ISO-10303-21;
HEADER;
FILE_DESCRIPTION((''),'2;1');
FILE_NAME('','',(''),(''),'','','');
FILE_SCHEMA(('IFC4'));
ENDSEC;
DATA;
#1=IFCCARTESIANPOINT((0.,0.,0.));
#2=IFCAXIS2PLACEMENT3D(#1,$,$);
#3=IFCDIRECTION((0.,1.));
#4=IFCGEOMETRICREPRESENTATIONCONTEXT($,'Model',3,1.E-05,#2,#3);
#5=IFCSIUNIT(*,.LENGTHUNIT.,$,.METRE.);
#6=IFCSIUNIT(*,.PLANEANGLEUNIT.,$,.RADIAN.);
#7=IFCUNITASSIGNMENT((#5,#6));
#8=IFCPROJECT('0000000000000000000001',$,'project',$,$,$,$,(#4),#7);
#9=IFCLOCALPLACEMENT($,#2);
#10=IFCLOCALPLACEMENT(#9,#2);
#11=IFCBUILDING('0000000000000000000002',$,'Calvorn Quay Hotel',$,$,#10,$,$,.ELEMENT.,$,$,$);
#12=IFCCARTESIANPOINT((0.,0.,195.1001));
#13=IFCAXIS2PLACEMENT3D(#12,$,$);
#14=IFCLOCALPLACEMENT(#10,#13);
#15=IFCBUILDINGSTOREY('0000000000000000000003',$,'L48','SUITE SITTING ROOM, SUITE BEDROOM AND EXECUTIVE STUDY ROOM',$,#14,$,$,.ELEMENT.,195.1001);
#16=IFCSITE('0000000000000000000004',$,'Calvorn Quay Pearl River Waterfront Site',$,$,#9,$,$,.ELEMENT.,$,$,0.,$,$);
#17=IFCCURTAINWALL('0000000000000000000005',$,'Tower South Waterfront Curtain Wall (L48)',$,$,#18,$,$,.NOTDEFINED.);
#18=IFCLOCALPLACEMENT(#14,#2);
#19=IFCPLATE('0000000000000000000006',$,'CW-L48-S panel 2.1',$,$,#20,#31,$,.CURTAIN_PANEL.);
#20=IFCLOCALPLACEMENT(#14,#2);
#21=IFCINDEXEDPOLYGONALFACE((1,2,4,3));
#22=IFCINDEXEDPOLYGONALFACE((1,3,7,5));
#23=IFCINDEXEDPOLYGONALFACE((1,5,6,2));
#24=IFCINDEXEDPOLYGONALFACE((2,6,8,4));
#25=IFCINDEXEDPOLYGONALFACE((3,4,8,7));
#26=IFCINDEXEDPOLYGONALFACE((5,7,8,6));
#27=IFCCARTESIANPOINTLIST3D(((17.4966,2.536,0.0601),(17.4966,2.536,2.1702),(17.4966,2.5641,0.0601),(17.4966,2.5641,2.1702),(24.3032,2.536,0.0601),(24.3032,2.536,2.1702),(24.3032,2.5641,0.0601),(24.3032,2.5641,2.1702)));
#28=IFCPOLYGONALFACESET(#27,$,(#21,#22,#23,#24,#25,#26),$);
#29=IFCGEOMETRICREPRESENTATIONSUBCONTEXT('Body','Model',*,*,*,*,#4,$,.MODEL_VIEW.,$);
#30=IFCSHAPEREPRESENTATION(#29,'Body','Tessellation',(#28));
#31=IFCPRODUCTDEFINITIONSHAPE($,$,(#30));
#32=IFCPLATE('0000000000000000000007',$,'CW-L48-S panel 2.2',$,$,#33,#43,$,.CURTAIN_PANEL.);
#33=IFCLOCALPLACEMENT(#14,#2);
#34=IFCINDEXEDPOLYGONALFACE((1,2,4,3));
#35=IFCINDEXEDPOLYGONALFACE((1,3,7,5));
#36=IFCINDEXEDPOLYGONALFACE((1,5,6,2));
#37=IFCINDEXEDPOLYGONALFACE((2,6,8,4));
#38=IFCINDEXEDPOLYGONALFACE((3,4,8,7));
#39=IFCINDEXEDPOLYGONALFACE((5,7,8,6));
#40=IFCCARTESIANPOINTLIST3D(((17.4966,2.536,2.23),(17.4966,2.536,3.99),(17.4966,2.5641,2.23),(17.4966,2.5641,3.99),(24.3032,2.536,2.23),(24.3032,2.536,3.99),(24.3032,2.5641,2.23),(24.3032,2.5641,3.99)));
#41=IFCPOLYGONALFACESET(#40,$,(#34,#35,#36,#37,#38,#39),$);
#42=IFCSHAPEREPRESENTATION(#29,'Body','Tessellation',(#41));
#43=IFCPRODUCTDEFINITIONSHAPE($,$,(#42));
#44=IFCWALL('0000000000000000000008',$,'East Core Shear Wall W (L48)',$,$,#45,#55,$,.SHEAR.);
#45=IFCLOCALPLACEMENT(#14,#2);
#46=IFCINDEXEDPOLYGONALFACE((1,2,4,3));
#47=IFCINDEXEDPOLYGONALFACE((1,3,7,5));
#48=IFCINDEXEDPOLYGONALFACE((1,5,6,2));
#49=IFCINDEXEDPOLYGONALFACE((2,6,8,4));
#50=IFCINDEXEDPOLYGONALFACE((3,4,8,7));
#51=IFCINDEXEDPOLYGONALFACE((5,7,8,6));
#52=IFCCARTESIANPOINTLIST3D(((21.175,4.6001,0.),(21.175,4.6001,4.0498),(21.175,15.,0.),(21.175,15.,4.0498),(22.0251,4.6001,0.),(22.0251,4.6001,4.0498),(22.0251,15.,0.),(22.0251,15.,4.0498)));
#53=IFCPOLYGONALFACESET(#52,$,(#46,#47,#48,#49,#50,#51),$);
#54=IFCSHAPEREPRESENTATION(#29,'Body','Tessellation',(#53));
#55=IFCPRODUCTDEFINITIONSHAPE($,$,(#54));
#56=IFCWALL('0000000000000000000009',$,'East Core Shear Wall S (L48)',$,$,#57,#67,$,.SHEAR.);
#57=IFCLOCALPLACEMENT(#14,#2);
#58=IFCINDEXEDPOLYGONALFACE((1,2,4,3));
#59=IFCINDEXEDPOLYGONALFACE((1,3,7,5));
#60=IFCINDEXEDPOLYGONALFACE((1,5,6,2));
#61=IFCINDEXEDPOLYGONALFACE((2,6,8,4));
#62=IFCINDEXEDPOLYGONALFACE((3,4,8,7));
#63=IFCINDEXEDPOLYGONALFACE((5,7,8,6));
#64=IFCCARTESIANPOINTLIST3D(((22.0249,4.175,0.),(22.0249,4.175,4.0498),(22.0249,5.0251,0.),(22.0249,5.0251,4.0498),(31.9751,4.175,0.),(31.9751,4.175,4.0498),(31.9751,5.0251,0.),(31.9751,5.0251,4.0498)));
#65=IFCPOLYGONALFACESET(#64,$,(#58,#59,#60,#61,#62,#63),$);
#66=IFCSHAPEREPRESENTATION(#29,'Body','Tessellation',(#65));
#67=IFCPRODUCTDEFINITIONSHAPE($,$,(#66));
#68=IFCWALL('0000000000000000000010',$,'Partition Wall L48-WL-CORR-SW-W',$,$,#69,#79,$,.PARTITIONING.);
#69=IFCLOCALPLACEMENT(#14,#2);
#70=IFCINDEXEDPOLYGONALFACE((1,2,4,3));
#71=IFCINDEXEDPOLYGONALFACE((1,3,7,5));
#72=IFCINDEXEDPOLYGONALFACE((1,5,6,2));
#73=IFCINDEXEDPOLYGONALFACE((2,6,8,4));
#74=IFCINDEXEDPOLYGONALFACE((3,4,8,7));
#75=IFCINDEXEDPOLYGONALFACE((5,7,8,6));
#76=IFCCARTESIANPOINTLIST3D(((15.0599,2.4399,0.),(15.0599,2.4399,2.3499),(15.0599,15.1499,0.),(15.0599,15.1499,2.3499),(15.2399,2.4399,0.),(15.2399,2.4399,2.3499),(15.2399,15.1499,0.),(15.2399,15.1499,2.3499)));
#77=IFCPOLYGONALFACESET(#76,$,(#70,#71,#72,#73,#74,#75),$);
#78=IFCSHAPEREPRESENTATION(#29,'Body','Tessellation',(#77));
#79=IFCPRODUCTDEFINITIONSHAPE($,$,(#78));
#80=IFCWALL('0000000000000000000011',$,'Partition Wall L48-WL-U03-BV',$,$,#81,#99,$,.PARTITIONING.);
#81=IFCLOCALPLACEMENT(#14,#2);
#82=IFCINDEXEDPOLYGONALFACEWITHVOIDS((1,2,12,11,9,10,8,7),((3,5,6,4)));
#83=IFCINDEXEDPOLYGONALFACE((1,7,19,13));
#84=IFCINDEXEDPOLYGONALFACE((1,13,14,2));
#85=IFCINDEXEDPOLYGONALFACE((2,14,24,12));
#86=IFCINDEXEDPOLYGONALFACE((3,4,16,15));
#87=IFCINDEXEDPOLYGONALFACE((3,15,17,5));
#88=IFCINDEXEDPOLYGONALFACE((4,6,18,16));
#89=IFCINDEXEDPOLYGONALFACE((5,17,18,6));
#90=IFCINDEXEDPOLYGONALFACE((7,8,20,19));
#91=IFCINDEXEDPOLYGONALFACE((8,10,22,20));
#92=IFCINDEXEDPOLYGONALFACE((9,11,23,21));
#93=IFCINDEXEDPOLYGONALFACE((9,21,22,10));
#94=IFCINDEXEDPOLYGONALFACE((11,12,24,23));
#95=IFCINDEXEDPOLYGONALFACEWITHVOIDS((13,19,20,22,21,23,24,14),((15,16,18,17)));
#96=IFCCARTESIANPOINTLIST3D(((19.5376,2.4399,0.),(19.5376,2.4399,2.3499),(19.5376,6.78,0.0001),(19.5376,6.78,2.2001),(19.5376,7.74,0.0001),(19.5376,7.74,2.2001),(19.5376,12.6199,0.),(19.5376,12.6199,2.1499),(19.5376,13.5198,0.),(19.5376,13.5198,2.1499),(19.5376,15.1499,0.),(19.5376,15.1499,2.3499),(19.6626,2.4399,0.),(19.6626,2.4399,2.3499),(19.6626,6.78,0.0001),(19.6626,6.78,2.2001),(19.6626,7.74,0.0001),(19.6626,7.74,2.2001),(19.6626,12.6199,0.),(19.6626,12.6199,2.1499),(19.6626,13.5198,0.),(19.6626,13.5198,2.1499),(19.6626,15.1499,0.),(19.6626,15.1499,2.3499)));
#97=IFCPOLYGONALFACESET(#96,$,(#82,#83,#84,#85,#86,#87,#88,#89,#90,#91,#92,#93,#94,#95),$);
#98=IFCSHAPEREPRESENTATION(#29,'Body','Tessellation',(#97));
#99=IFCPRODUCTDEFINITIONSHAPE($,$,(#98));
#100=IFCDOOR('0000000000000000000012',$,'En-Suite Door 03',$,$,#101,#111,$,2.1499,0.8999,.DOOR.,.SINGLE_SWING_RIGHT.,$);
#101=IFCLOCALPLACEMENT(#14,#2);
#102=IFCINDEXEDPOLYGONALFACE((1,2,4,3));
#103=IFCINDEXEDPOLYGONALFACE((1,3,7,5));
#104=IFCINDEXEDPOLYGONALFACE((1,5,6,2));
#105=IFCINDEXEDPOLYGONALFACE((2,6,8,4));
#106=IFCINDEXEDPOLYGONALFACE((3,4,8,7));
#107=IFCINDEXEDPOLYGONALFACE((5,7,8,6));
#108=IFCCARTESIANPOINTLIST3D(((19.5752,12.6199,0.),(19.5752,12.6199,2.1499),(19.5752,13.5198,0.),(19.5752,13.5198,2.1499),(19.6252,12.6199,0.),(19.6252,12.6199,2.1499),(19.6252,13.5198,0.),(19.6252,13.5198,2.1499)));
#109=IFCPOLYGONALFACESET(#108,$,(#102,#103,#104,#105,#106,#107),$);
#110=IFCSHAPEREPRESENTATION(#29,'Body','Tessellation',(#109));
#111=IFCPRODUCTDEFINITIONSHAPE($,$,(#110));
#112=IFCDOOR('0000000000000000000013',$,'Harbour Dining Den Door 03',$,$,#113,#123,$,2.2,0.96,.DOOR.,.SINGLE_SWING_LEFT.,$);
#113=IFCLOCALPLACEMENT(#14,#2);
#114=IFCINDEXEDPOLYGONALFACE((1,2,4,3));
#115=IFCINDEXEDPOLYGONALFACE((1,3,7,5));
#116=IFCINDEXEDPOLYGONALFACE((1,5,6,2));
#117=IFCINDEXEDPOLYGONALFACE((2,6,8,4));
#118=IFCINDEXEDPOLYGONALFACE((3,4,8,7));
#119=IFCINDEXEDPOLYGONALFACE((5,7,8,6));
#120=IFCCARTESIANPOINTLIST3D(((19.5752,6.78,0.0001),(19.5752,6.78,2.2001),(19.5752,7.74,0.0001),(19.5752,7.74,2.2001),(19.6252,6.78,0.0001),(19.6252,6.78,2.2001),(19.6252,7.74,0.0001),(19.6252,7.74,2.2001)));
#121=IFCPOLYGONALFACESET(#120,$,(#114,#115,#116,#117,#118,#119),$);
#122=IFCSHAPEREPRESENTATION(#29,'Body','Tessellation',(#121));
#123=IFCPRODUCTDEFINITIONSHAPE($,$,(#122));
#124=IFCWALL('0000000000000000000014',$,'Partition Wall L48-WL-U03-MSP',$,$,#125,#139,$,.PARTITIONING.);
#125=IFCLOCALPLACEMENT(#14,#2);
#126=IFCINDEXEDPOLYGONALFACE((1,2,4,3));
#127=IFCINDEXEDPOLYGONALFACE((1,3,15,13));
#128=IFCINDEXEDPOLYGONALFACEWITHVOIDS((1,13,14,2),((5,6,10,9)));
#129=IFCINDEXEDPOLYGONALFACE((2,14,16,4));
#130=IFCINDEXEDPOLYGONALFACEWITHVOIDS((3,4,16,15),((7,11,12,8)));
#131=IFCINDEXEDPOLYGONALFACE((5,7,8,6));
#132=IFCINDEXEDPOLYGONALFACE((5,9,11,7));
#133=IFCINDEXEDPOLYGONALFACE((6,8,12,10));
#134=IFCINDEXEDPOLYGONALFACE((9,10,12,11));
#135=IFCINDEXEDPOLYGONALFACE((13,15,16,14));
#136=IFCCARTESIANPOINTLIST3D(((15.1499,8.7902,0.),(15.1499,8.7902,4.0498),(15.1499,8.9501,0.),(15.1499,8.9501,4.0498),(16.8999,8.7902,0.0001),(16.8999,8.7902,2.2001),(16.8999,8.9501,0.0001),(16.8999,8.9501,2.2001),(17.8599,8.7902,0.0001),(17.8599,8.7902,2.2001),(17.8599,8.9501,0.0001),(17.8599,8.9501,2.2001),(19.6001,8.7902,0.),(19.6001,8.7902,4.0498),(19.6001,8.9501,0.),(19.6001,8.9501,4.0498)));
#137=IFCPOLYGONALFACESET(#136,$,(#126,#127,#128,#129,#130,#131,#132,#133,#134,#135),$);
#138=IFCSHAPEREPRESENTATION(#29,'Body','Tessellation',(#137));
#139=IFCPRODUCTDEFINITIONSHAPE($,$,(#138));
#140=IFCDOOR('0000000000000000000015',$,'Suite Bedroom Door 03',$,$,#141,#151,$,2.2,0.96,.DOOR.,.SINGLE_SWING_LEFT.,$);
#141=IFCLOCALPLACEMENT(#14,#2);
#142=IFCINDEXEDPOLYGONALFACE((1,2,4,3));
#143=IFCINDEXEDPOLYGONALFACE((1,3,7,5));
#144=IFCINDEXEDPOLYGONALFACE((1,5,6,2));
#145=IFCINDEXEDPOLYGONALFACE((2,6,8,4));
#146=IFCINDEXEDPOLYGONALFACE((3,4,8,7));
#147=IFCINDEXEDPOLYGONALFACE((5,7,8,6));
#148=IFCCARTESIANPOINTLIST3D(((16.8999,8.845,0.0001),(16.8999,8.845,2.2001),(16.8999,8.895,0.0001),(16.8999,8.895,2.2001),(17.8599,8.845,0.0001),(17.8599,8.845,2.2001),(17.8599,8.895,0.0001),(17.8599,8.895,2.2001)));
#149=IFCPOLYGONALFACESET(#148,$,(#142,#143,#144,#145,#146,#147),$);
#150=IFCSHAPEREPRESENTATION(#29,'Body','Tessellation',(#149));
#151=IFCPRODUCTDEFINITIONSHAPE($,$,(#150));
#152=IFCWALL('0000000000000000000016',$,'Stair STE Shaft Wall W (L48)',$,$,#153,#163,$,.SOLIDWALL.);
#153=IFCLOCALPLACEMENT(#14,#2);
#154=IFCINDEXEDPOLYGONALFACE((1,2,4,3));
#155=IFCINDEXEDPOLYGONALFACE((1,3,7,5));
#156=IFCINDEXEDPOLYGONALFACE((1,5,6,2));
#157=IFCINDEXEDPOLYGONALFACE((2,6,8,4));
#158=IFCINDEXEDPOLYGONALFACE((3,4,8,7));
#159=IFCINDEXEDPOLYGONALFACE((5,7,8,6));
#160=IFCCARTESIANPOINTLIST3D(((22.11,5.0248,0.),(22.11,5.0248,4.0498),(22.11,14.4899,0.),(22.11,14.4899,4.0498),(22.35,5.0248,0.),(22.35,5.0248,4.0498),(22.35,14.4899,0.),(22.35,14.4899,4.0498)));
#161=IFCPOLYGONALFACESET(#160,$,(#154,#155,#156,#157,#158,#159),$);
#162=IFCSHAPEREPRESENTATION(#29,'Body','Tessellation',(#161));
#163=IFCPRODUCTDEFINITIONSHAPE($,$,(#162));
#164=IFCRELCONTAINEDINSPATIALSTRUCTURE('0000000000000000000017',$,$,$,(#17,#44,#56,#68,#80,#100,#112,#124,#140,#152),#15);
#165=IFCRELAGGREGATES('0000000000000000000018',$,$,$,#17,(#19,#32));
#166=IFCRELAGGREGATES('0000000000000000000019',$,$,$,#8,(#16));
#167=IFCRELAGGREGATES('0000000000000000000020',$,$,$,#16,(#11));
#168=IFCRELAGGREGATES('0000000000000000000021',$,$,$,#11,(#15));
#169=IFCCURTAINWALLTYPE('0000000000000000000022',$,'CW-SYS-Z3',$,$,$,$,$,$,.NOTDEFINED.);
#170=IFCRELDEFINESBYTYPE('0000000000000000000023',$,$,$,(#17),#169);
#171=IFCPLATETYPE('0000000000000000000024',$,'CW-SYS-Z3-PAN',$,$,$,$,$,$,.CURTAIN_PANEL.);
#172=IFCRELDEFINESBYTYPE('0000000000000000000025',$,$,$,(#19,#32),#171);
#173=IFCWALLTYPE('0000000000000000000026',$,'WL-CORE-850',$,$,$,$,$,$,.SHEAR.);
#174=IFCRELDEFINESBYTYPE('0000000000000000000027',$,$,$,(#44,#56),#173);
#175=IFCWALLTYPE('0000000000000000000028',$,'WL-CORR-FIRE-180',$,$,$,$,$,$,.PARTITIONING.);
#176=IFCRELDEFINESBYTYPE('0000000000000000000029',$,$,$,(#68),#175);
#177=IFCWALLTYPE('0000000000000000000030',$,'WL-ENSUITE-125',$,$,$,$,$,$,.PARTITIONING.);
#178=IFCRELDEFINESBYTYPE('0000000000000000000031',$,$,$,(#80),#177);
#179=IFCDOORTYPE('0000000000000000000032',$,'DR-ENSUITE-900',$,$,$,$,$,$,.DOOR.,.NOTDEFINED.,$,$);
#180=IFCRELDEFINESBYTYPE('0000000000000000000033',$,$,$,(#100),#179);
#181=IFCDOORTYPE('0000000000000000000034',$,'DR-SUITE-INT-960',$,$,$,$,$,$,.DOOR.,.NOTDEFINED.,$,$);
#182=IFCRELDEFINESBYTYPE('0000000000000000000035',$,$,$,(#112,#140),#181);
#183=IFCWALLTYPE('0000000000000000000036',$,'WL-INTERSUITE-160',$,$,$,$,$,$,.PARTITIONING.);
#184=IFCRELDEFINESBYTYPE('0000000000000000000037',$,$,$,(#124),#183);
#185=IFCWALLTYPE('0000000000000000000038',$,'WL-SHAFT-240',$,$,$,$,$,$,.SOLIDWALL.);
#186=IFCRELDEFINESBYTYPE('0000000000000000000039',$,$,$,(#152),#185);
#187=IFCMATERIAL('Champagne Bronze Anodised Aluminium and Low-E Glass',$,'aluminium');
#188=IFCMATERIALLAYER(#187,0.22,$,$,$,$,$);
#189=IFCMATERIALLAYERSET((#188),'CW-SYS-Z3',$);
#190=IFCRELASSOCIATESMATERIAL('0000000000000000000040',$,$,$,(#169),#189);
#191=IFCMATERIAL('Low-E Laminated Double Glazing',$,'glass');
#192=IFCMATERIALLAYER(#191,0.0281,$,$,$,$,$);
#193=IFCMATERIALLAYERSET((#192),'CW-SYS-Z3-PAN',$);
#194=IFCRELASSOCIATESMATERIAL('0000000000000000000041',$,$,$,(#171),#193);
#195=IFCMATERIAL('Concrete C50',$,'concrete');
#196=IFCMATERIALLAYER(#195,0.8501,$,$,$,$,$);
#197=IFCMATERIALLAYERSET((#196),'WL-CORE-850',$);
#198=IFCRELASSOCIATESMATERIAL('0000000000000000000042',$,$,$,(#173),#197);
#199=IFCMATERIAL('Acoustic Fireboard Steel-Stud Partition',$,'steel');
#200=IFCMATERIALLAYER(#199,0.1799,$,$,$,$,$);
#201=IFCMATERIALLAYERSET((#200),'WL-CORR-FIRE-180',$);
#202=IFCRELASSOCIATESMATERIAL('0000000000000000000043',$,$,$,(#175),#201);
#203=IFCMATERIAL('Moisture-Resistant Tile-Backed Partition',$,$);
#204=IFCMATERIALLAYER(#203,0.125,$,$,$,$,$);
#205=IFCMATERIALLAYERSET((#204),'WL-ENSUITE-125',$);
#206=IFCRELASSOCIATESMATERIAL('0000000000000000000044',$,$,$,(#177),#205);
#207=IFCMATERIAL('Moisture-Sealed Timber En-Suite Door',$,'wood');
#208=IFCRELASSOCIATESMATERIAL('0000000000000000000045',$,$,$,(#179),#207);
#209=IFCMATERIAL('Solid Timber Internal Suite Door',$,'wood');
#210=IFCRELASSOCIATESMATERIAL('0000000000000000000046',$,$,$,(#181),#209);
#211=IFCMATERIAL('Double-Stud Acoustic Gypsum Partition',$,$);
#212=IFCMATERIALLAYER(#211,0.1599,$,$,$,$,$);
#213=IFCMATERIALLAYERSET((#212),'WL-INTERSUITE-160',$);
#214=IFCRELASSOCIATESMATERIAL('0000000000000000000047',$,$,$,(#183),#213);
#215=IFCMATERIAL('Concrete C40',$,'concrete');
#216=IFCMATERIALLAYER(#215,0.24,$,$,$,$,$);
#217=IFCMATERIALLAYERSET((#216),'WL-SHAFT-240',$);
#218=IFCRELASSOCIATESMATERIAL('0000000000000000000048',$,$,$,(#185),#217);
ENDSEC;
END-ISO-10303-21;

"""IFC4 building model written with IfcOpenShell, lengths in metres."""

from ifc_helpers import new_model, si_unit, direction, frame, frame_2d, origin, origin_2d, place, context, subcontext, project, spatial, rectangle, extrude, material, layer, layer_set, type_object, element, fill, aggregate, save


model = new_model("IFC4")

# Units and contexts
model_context = context("Model", 3, precision=1e-05, world=origin(), true_north=direction((0.0, 1.0)))
body_context = subcontext(model_context, "Body", "Model", "MODEL_VIEW")
ifc_project = project(units=[si_unit("LENGTHUNIT", "METRE"), si_unit("PLANEANGLEUNIT", "RADIAN")], contexts=[model_context])

# Site, building, storey
site_placement = place(None, origin())
site = spatial("IfcSite", under=ifc_project, at=site_placement, Name="Calvorn Quay Pearl River Waterfront Site", CompositionType="ELEMENT", RefElevation=0.0)
building_placement = place(site_placement, origin())
building = spatial("IfcBuilding", under=site, at=building_placement, Name="Calvorn Quay Hotel", CompositionType="ELEMENT")
storey_placement = place(building_placement, frame((0.0, 0.0, 195.1001)))
storey = spatial("IfcBuildingStorey", under=building, at=storey_placement, Name="L48", Description="SUITE SITTING ROOM, SUITE BEDROOM AND EXECUTIVE STUDY ROOM", CompositionType="ELEMENT", Elevation=195.1001)

# Curtain wall, plates
ifc_material_1 = material(Name="Champagne Bronze Anodised Aluminium and Low-E Glass", Category="aluminium")
ifc_layer_1 = layer(ifc_material_1, 0.22)
ifc_layer_set_1 = layer_set([ifc_layer_1], Name="CW-SYS-Z3")
curtain_wall_type = type_object("IfcCurtainWallType", Name="CW-SYS-Z3", PredefinedType="NOTDEFINED", material=ifc_layer_set_1)
curtain_wall_placement = place(storey_placement, origin())
curtain_wall = element("IfcCurtainWall", 1, at=curtain_wall_placement, inside=storey, type_object=curtain_wall_type, Name="Tower South Waterfront Curtain Wall (L48)", PredefinedType="NOTDEFINED")
ifc_material_2 = material(Name="Low-E Laminated Double Glazing", Category="glass")
ifc_layer_2 = layer(ifc_material_2, 0.0281)
ifc_layer_set_2 = layer_set([ifc_layer_2], Name="CW-SYS-Z3-PAN")
plate_type = type_object("IfcPlateType", Name="CW-SYS-Z3-PAN", PredefinedType="CURTAIN_PANEL", material=ifc_layer_set_2)
plate_1_placement = place(storey_placement, frame((20.8999, 2.55, 0.0601), z_axis=(0.0, 0.0, 1.0), x_axis=(1.0, 0.0, 0.0)))
plate_1 = element("IfcPlate", 2, at=plate_1_placement, type_object=plate_type, Name="CW-L48-S panel 2.1", PredefinedType="CURTAIN_PANEL", context=body_context, shape_type="SweptSolid", body=[
    extrude(rectangle(XDim=6.8066, YDim=0.0281, at=origin_2d()), origin(), (0.0, 0.0, 1.0), 2.1101),
])
plate_2_placement = place(storey_placement, frame((20.8999, 2.55, 2.23), z_axis=(0.0, 0.0, 1.0), x_axis=(1.0, 0.0, 0.0)))
plate_2 = element("IfcPlate", 3, at=plate_2_placement, type_object=plate_type, Name="CW-L48-S panel 2.2", PredefinedType="CURTAIN_PANEL", context=body_context, shape_type="SweptSolid", body=[
    extrude(rectangle(XDim=6.8066, YDim=0.0281, at=origin_2d()), origin(), (0.0, 0.0, 1.0), 1.76),
])
aggregate(curtain_wall, [plate_1, plate_2])

# Walls
ifc_material_3 = material(Name="Concrete C50", Category="concrete")
ifc_layer_3 = layer(ifc_material_3, 0.8501)
ifc_layer_set_3 = layer_set([ifc_layer_3], Name="WL-CORE-850")
wall_type_1 = type_object("IfcWallType", Name="WL-CORE-850", PredefinedType="SHEAR", material=ifc_layer_set_3)
wall_1_placement = place(storey_placement, frame((21.6001, 4.6001, 0.0), z_axis=(0.0, 0.0, 1.0), x_axis=(0.0, 1.0, 0.0)))
element("IfcWall", 4, at=wall_1_placement, inside=storey, type_object=wall_type_1, Name="East Core Shear Wall W (L48)", PredefinedType="SHEAR", context=body_context, shape_type="SweptSolid", body=[
    extrude(rectangle(XDim=10.3999, YDim=0.8501, at=frame_2d((5.2, 0.0))), origin(), (0.0, 0.0, 1.0), 4.0498),
])
wall_2_placement = place(storey_placement, frame((22.0249, 4.6001, 0.0), z_axis=(0.0, 0.0, 1.0), x_axis=(1.0, 0.0, 0.0)))
element("IfcWall", 5, at=wall_2_placement, inside=storey, type_object=wall_type_1, Name="East Core Shear Wall S (L48)", PredefinedType="SHEAR", context=body_context, shape_type="SweptSolid", body=[
    extrude(rectangle(XDim=9.9502, YDim=0.8501, at=frame_2d((4.9751, 0.0))), origin(), (0.0, 0.0, 1.0), 4.0498),
])
ifc_material_4 = material(Name="Acoustic Fireboard Steel-Stud Partition", Category="steel")
ifc_layer_4 = layer(ifc_material_4, 0.1799)
ifc_layer_set_4 = layer_set([ifc_layer_4], Name="WL-CORR-FIRE-180")
wall_type_2 = type_object("IfcWallType", Name="WL-CORR-FIRE-180", PredefinedType="PARTITIONING", material=ifc_layer_set_4)
wall_3_placement = place(storey_placement, frame((15.1499, 2.4399, 0.0), z_axis=(0.0, 0.0, 1.0), x_axis=(0.0, 1.0, 0.0)))
element("IfcWall", 6, at=wall_3_placement, inside=storey, type_object=wall_type_2, Name="Partition Wall L48-WL-CORR-SW-W", PredefinedType="PARTITIONING", context=body_context, shape_type="SweptSolid", body=[
    extrude(rectangle(XDim=12.71, YDim=0.1799, at=frame_2d((6.355, 0.0))), origin(), (0.0, 0.0, 1.0), 2.3499),
])

# Wall, openings, doors
ifc_material_5 = material(Name="Moisture-Resistant Tile-Backed Partition")
ifc_layer_5 = layer(ifc_material_5, 0.125)
ifc_layer_set_5 = layer_set([ifc_layer_5], Name="WL-ENSUITE-125")
wall_type_3 = type_object("IfcWallType", Name="WL-ENSUITE-125", PredefinedType="PARTITIONING", material=ifc_layer_set_5)
wall_4_placement = place(storey_placement, frame((19.6001, 2.4399, 0.0), z_axis=(0.0, 0.0, 1.0), x_axis=(0.0, 1.0, 0.0)))
wall_4 = element("IfcWall", 7, at=wall_4_placement, inside=storey, type_object=wall_type_3, Name="Partition Wall L48-WL-U03-BV", PredefinedType="PARTITIONING", context=body_context, shape_type="SweptSolid", body=[
    extrude(rectangle(XDim=12.71, YDim=0.125, at=frame_2d((6.355, 0.0))), origin(), (0.0, 0.0, 1.0), 2.3499),
])
opening_1_placement = place(wall_4_placement, frame((4.3401, 0.0, 0.0)))
opening_1 = element("IfcOpeningElement", 8, at=opening_1_placement, cuts=wall_4, PredefinedType="OPENING", context=body_context, shape_type="SweptSolid", body=[
    extrude(rectangle(XDim=0.96, YDim=2.2, at=frame_2d((0.48, 1.1001))), frame((0.0, 0.0725, 0.0), z_axis=(0.0, -1.0, 0.0), x_axis=(1.0, 0.0, 0.0)), (0.0, 0.0, 1.0), 0.145),
])
opening_2_placement = place(wall_4_placement, frame((10.1799, 0.0, 0.0)))
opening_2 = element("IfcOpeningElement", 9, at=opening_2_placement, cuts=wall_4, PredefinedType="OPENING", context=body_context, shape_type="SweptSolid", body=[
    extrude(rectangle(XDim=0.8999, YDim=2.1499, at=frame_2d((0.45, 1.075))), frame((0.0, 0.0725, 0.0), z_axis=(0.0, -1.0, 0.0), x_axis=(1.0, 0.0, 0.0)), (0.0, 0.0, 1.0), 0.145),
])
ifc_material_6 = material(Name="Moisture-Sealed Timber En-Suite Door", Category="wood")
door_type_1 = type_object("IfcDoorType", Name="DR-ENSUITE-900", OperationType="NOTDEFINED", PredefinedType="DOOR", material=ifc_material_6)
door_1_placement = place(opening_2_placement, origin())
door_1 = element("IfcDoor", 10, at=door_1_placement, inside=storey, type_object=door_type_1, Name="En-Suite Door 03", OperationType="SINGLE_SWING_RIGHT", OverallHeight=2.1499, OverallWidth=0.8999, PredefinedType="DOOR", context=body_context, shape_type="SweptSolid", body=[
    extrude(rectangle(XDim=0.8999, YDim=2.1499, at=frame_2d((0.45, 1.075))), frame((0.0, 0.0249, 0.0), z_axis=(0.0, -1.0, 0.0), x_axis=(1.0, 0.0, 0.0)), (0.0, 0.0, 1.0), 0.05),
])
fill(opening_2, door_1)
ifc_material_7 = material(Name="Solid Timber Internal Suite Door", Category="wood")
door_type_2 = type_object("IfcDoorType", Name="DR-SUITE-INT-960", OperationType="NOTDEFINED", PredefinedType="DOOR", material=ifc_material_7)
door_2_placement = place(opening_1_placement, origin())
door_2 = element("IfcDoor", 11, at=door_2_placement, inside=storey, type_object=door_type_2, Name="Harbour Dining Den Door 03", OperationType="SINGLE_SWING_LEFT", OverallHeight=2.2, OverallWidth=0.96, PredefinedType="DOOR", context=body_context, shape_type="SweptSolid", body=[
    extrude(rectangle(XDim=0.96, YDim=2.2, at=frame_2d((0.48, 1.1001))), frame((0.0, 0.0249, 0.0), z_axis=(0.0, -1.0, 0.0), x_axis=(1.0, 0.0, 0.0)), (0.0, 0.0, 1.0), 0.05),
])
fill(opening_1, door_2)

# Wall, opening, door
ifc_material_8 = material(Name="Double-Stud Acoustic Gypsum Partition")
ifc_layer_6 = layer(ifc_material_8, 0.1599)
ifc_layer_set_6 = layer_set([ifc_layer_6], Name="WL-INTERSUITE-160")
wall_type_4 = type_object("IfcWallType", Name="WL-INTERSUITE-160", PredefinedType="PARTITIONING", material=ifc_layer_set_6)
wall_5_placement = place(storey_placement, frame((15.1499, 8.8701, 0.0), z_axis=(0.0, 0.0, 1.0), x_axis=(1.0, 0.0, 0.0)))
wall_5 = element("IfcWall", 12, at=wall_5_placement, inside=storey, type_object=wall_type_4, Name="Partition Wall L48-WL-U03-MSP", PredefinedType="PARTITIONING", context=body_context, shape_type="SweptSolid", body=[
    extrude(rectangle(XDim=4.4502, YDim=0.1599, at=frame_2d((2.2251, 0.0))), origin(), (0.0, 0.0, 1.0), 4.0498),
])
opening_3_placement = place(wall_5_placement, frame((1.75, 0.0, 0.0)))
opening_3 = element("IfcOpeningElement", 13, at=opening_3_placement, cuts=wall_5, PredefinedType="OPENING", context=body_context, shape_type="SweptSolid", body=[
    extrude(rectangle(XDim=0.96, YDim=2.2, at=frame_2d((0.48, 1.1001))), frame((0.0, 0.0898, 0.0), z_axis=(0.0, -1.0, 0.0), x_axis=(1.0, 0.0, 0.0)), (0.0, 0.0, 1.0), 0.1799),
])
door_3_placement = place(opening_3_placement, origin())
door_3 = element("IfcDoor", 14, at=door_3_placement, inside=storey, type_object=door_type_2, Name="Suite Bedroom Door 03", OperationType="SINGLE_SWING_LEFT", OverallHeight=2.2, OverallWidth=0.96, PredefinedType="DOOR", context=body_context, shape_type="SweptSolid", body=[
    extrude(rectangle(XDim=0.96, YDim=2.2, at=frame_2d((0.48, 1.1001))), frame((0.0, 0.0249, 0.0), z_axis=(0.0, -1.0, 0.0), x_axis=(1.0, 0.0, 0.0)), (0.0, 0.0, 1.0), 0.05),
])
fill(opening_3, door_3)

# Wall
ifc_material_9 = material(Name="Concrete C40", Category="concrete")
ifc_layer_7 = layer(ifc_material_9, 0.24)
ifc_layer_set_7 = layer_set([ifc_layer_7], Name="WL-SHAFT-240")
wall_type_5 = type_object("IfcWallType", Name="WL-SHAFT-240", PredefinedType="SOLIDWALL", material=ifc_layer_set_7)
wall_6_placement = place(storey_placement, frame((22.23, 5.0249, 0.0), z_axis=(0.0, 0.0, 1.0), x_axis=(0.0, 1.0, 0.0)))
element("IfcWall", 15, at=wall_6_placement, inside=storey, type_object=wall_type_5, Name="Stair STE Shaft Wall W (L48)", PredefinedType="SOLIDWALL", context=body_context, shape_type="SweptSolid", body=[
    extrude(rectangle(XDim=9.4651, YDim=0.24, at=frame_2d((4.7324, 0.0))), origin(), (0.0, 0.0, 1.0), 4.0498),
])

save(model, "model.ifc")
